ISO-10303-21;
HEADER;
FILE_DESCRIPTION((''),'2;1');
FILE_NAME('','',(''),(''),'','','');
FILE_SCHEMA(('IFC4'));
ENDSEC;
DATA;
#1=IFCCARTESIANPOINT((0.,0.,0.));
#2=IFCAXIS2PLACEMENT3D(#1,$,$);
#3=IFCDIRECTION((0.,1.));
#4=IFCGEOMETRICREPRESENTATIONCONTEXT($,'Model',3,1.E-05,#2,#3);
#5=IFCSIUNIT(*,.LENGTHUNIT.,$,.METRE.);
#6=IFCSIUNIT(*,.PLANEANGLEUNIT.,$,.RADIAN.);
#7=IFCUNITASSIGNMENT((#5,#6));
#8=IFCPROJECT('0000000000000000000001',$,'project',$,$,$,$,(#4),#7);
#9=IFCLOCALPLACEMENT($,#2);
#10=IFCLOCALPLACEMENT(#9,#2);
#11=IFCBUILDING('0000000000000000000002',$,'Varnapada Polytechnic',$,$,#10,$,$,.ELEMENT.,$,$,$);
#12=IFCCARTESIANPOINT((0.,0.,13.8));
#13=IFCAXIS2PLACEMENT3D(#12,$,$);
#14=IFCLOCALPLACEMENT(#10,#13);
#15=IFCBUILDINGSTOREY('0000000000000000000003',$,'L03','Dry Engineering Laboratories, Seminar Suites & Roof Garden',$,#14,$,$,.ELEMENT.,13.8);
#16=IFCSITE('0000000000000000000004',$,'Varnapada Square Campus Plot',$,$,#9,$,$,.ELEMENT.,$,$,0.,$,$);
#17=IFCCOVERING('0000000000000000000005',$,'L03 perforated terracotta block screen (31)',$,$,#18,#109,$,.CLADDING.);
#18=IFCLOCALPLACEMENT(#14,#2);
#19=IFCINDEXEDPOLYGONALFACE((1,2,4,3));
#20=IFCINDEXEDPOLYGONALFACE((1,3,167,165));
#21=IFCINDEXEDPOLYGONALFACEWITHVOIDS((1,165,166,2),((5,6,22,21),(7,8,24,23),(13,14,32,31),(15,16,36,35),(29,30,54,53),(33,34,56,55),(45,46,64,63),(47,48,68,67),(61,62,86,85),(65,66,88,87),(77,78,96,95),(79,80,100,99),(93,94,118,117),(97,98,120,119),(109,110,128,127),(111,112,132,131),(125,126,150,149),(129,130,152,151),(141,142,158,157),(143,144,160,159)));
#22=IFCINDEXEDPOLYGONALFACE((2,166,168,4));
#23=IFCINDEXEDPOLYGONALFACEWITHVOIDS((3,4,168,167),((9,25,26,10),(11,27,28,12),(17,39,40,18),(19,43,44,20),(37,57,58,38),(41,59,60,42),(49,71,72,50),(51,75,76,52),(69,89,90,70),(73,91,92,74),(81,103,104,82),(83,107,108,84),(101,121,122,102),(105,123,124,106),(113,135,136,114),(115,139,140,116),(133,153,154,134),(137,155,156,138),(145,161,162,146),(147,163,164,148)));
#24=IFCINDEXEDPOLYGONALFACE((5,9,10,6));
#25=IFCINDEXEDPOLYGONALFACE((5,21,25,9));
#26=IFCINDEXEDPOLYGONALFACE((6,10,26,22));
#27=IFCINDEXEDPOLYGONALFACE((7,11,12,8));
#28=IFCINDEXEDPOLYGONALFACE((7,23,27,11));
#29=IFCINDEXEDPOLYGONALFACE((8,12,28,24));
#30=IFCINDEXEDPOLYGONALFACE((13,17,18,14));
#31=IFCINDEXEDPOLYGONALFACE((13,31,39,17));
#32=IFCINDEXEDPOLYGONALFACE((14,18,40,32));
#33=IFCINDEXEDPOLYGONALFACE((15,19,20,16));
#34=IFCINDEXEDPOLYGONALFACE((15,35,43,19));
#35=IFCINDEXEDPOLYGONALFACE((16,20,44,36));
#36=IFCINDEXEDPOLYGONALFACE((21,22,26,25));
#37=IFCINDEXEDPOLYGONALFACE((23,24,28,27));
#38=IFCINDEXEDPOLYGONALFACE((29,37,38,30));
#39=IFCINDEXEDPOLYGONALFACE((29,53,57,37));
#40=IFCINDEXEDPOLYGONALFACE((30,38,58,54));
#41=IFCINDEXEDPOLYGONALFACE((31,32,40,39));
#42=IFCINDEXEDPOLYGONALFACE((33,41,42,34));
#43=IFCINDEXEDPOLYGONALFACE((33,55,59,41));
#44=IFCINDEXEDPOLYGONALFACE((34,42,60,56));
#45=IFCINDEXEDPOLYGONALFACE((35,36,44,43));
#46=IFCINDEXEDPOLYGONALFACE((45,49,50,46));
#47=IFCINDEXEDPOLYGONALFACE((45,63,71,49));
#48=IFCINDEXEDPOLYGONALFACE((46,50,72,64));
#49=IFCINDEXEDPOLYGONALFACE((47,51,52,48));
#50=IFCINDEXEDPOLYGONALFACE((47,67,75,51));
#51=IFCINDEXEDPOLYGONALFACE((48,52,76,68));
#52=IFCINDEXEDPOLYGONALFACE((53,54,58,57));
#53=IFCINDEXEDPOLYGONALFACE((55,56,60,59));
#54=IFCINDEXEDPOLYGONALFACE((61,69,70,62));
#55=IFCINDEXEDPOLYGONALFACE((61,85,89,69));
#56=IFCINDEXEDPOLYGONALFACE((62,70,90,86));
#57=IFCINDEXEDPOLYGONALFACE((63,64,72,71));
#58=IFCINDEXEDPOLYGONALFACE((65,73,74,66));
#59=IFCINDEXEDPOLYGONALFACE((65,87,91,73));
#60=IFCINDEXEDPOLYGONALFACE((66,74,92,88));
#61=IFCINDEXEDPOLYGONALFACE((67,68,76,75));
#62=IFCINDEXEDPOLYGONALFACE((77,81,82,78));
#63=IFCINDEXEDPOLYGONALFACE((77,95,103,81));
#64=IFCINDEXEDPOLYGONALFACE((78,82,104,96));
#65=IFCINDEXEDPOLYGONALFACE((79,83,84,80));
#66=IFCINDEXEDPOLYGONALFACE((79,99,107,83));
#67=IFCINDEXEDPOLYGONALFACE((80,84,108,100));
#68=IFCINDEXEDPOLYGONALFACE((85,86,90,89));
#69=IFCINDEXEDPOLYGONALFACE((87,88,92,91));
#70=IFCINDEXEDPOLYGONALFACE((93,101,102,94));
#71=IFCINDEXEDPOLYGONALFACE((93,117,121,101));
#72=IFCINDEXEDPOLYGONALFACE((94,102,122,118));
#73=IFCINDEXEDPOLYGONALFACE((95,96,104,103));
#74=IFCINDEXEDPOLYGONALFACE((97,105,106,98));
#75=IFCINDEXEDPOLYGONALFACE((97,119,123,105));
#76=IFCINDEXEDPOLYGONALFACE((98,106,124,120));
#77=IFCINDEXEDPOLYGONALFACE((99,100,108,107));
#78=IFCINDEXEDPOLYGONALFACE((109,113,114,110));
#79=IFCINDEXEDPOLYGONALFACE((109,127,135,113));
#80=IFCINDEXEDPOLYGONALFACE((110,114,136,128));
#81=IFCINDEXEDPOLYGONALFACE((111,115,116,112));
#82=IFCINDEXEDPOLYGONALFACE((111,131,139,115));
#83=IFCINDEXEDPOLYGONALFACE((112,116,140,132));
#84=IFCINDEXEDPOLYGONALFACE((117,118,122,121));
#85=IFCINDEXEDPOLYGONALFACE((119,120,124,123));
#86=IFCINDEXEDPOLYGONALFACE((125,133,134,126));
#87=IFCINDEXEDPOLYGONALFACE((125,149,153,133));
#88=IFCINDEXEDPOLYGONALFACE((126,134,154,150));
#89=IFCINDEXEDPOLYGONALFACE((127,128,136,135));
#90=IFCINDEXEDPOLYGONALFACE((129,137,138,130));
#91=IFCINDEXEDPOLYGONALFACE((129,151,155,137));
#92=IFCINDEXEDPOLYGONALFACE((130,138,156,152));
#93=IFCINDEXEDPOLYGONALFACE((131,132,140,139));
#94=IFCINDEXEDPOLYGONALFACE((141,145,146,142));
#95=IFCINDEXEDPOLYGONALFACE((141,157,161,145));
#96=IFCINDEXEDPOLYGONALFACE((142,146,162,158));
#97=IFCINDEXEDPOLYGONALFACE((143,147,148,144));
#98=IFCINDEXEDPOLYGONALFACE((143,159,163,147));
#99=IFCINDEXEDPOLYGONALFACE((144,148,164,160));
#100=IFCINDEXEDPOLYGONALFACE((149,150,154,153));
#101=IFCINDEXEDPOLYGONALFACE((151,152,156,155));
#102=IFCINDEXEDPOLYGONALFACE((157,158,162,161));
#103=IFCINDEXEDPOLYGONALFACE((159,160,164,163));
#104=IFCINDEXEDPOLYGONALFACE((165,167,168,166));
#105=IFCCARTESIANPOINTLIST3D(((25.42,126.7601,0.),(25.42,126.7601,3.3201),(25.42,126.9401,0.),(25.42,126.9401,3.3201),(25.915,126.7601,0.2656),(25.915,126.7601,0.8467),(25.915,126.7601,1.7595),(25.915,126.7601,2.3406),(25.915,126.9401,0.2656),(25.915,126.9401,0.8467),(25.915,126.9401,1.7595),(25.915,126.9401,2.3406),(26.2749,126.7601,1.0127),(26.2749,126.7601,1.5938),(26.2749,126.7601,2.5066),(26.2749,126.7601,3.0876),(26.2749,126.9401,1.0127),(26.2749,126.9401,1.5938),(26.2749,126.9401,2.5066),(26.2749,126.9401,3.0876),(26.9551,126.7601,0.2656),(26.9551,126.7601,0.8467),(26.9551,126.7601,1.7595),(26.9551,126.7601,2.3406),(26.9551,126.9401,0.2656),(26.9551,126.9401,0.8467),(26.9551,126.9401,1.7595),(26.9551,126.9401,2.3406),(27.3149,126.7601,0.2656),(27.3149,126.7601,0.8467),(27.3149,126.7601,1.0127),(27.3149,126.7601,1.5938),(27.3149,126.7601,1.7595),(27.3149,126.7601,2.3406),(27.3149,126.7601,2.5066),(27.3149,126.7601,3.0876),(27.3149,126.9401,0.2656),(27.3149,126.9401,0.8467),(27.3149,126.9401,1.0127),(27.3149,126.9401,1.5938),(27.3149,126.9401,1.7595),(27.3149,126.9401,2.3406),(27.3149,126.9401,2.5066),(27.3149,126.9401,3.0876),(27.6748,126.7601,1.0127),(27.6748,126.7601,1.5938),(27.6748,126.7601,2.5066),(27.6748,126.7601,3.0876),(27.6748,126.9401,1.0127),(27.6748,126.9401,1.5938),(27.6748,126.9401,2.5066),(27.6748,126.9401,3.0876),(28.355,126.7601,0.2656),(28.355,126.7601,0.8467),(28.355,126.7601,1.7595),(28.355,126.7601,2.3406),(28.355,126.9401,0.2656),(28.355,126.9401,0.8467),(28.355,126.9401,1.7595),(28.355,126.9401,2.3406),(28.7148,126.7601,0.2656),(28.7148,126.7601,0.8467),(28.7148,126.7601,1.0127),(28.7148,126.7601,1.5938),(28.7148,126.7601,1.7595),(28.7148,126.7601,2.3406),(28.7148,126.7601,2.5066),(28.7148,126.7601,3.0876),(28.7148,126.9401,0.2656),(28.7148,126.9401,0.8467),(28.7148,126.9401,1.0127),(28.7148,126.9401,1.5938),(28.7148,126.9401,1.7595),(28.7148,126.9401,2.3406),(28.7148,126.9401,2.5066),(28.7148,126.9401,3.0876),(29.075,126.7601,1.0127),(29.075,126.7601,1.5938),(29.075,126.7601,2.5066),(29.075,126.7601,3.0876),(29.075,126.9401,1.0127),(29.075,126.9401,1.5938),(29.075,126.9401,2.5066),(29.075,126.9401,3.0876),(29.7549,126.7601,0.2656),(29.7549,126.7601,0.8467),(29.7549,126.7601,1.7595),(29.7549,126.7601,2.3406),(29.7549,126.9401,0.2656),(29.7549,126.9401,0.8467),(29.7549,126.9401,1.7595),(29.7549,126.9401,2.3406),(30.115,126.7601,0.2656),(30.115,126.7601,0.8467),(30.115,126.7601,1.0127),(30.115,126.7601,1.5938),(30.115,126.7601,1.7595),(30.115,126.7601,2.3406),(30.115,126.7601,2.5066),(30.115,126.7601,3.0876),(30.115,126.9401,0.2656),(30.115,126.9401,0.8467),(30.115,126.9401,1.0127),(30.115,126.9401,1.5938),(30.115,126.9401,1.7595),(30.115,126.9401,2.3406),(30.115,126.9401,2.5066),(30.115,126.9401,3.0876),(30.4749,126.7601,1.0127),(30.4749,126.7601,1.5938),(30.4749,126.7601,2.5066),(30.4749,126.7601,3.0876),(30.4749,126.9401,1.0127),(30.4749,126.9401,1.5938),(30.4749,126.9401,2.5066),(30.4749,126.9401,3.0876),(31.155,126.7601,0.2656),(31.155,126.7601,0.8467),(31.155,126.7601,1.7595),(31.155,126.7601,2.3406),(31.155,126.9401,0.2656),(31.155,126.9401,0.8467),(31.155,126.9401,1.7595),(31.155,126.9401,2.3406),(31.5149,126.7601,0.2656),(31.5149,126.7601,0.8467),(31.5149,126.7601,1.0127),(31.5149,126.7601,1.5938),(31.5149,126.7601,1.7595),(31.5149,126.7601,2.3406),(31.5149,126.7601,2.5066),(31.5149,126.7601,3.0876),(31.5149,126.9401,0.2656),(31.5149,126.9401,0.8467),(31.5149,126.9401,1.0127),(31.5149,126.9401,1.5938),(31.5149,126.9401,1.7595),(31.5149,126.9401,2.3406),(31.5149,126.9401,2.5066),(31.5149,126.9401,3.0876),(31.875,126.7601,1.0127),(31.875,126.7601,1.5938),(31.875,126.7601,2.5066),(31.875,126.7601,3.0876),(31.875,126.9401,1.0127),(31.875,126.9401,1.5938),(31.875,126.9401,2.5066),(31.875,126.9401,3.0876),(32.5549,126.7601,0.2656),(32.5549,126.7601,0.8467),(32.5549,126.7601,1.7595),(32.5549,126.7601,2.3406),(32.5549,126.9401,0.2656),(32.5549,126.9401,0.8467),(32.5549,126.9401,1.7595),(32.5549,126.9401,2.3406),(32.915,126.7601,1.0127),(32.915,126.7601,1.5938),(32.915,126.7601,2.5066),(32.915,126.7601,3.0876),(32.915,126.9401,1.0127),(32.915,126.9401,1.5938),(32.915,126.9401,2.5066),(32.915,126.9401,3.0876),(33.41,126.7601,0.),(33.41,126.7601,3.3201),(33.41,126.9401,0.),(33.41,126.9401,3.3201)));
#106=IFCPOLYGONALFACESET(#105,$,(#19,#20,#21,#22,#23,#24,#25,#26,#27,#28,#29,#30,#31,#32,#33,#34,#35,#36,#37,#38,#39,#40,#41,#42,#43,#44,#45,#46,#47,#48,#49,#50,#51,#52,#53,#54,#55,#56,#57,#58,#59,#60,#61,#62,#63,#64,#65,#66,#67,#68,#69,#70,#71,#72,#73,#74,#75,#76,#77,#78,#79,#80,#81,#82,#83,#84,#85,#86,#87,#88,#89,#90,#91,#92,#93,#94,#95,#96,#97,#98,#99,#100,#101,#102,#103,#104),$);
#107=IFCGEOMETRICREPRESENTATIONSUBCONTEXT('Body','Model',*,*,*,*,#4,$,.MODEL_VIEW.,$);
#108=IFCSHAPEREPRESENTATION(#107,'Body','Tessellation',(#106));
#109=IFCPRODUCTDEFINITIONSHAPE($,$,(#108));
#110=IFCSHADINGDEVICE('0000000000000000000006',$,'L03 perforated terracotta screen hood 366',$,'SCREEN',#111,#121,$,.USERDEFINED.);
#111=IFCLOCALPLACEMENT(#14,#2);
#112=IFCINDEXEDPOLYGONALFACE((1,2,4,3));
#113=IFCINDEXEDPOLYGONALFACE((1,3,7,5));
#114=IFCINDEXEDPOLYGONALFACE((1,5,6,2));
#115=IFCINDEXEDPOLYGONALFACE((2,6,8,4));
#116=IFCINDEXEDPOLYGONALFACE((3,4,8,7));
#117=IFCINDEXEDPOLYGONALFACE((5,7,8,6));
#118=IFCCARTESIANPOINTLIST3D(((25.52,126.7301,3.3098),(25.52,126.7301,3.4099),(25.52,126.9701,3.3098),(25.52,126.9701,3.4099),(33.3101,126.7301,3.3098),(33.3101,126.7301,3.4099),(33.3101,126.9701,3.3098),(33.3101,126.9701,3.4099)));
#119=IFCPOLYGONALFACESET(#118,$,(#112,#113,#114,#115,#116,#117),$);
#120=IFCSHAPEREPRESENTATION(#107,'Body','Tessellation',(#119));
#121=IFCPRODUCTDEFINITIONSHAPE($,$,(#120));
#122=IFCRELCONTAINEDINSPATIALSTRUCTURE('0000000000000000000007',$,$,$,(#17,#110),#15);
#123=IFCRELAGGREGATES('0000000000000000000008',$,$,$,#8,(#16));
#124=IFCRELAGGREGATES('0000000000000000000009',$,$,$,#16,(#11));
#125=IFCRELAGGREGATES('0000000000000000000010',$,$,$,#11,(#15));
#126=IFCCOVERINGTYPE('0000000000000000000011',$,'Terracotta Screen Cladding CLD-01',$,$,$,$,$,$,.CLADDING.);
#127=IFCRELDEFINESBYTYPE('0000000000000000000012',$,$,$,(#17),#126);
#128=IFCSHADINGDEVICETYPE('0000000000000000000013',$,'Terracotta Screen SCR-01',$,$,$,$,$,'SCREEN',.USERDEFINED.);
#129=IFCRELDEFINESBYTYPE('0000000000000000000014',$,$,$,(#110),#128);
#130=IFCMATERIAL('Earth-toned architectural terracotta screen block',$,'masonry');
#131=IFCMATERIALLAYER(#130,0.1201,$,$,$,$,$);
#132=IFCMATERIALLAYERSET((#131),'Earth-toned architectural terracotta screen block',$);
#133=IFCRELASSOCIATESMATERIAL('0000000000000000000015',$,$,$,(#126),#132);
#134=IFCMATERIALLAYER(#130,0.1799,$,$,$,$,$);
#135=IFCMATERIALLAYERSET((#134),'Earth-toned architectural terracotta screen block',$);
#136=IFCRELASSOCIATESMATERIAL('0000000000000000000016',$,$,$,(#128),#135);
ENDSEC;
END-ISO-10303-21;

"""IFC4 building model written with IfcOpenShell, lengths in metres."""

from ifc_helpers import new_model, si_unit, direction, frame, frame_2d, origin, origin_2d, place, context, subcontext, project, spatial, rectangle, extrude, material, layer, layer_set, type_object, element, save


model = new_model("IFC4")

# Units and contexts
model_context = context("Model", 3, precision=1e-05, world=origin(), true_north=direction((0.0, 1.0)))
body_context = subcontext(model_context, "Body", "Model", "MODEL_VIEW")
ifc_project = project(units=[si_unit("LENGTHUNIT", "METRE"), si_unit("PLANEANGLEUNIT", "RADIAN")], contexts=[model_context])

# Site, building, storey
site_placement = place(None, origin())
site = spatial("IfcSite", under=ifc_project, at=site_placement, Name="Varnapada Square Campus Plot", CompositionType="ELEMENT", RefElevation=0.0)
building_placement = place(site_placement, origin())
building = spatial("IfcBuilding", under=site, at=building_placement, Name="Varnapada Polytechnic", CompositionType="ELEMENT")
storey_placement = place(building_placement, frame((0.0, 0.0, 13.8)))
storey = spatial("IfcBuildingStorey", under=building, at=storey_placement, Name="L03", Description="Dry Engineering Laboratories, Seminar Suites & Roof Garden", CompositionType="ELEMENT", Elevation=13.8)

# Covering, openings
ifc_material_1 = material(Name="Earth-toned architectural terracotta screen block", Category="masonry")
ifc_layer_1 = layer(ifc_material_1, 0.1201)
ifc_layer_set_1 = layer_set([ifc_layer_1], Name="Earth-toned architectural terracotta screen block")
covering_type = type_object("IfcCoveringType", Name="Terracotta Screen Cladding CLD-01", PredefinedType="CLADDING", material=ifc_layer_set_1)
covering_placement = place(storey_placement, frame((25.4199, 126.8501, 0.0), z_axis=(0.0, 0.0, 1.0), x_axis=(1.0, 0.0, 0.0)))
covering = element("IfcCovering", 1, at=covering_placement, inside=storey, type_object=covering_type, Name="L03 perforated terracotta block screen (31)", PredefinedType="CLADDING", context=body_context, shape_type="SweptSolid", body=[
    extrude(rectangle(XDim=7.99, YDim=0.1799, at=frame_2d((3.9951, 0.0))), origin(), (0.0, 0.0, 1.0), 3.3201),
])
opening_1_placement = place(covering_placement, frame((0.4951, 0.0, 0.2656)))
element("IfcOpeningElement", 2, at=opening_1_placement, cuts=covering, PredefinedType="OPENING", context=body_context, shape_type="SweptSolid", body=[
    extrude(rectangle(XDim=1.04, YDim=0.5811, at=frame_2d((0.52, 0.2905))), frame((0.0, 0.0999, 0.0), z_axis=(0.0, -1.0, 0.0), x_axis=(1.0, 0.0, 0.0)), (0.0, 0.0, 1.0), 0.2),
])
opening_2_placement = place(covering_placement, frame((1.895, 0.0, 0.2656)))
element("IfcOpeningElement", 3, at=opening_2_placement, cuts=covering, PredefinedType="OPENING", context=body_context, shape_type="SweptSolid", body=[
    extrude(rectangle(XDim=1.04, YDim=0.5811, at=frame_2d((0.52, 0.2905))), frame((0.0, 0.0999, 0.0), z_axis=(0.0, -1.0, 0.0), x_axis=(1.0, 0.0, 0.0)), (0.0, 0.0, 1.0), 0.2),
])
opening_3_placement = place(covering_placement, frame((3.2949, 0.0, 0.2656)))
element("IfcOpeningElement", 4, at=opening_3_placement, cuts=covering, PredefinedType="OPENING", context=body_context, shape_type="SweptSolid", body=[
    extrude(rectangle(XDim=1.04, YDim=0.5811, at=frame_2d((0.52, 0.2905))), frame((0.0, 0.0999, 0.0), z_axis=(0.0, -1.0, 0.0), x_axis=(1.0, 0.0, 0.0)), (0.0, 0.0, 1.0), 0.2),
])
opening_4_placement = place(covering_placement, frame((4.6951, 0.0, 0.2656)))
element("IfcOpeningElement", 5, at=opening_4_placement, cuts=covering, PredefinedType="OPENING", context=body_context, shape_type="SweptSolid", body=[
    extrude(rectangle(XDim=1.04, YDim=0.5811, at=frame_2d((0.52, 0.2905))), frame((0.0, 0.0999, 0.0), z_axis=(0.0, -1.0, 0.0), x_axis=(1.0, 0.0, 0.0)), (0.0, 0.0, 1.0), 0.2),
])
opening_5_placement = place(covering_placement, frame((6.095, 0.0, 0.2656)))
element("IfcOpeningElement", 6, at=opening_5_placement, cuts=covering, PredefinedType="OPENING", context=body_context, shape_type="SweptSolid", body=[
    extrude(rectangle(XDim=1.04, YDim=0.5811, at=frame_2d((0.52, 0.2905))), frame((0.0, 0.0999, 0.0), z_axis=(0.0, -1.0, 0.0), x_axis=(1.0, 0.0, 0.0)), (0.0, 0.0, 1.0), 0.2),
])
opening_6_placement = place(covering_placement, frame((0.855, 0.0, 1.0127)))
element("IfcOpeningElement", 7, at=opening_6_placement, cuts=covering, PredefinedType="OPENING", context=body_context, shape_type="SweptSolid", body=[
    extrude(rectangle(XDim=1.04, YDim=0.5811, at=frame_2d((0.52, 0.2905))), frame((0.0, 0.0999, 0.0), z_axis=(0.0, -1.0, 0.0), x_axis=(1.0, 0.0, 0.0)), (0.0, 0.0, 1.0), 0.2),
])
opening_7_placement = place(covering_placement, frame((2.2549, 0.0, 1.0127)))
element("IfcOpeningElement", 8, at=opening_7_placement, cuts=covering, PredefinedType="OPENING", context=body_context, shape_type="SweptSolid", body=[
    extrude(rectangle(XDim=1.04, YDim=0.5811, at=frame_2d((0.52, 0.2905))), frame((0.0, 0.0999, 0.0), z_axis=(0.0, -1.0, 0.0), x_axis=(1.0, 0.0, 0.0)), (0.0, 0.0, 1.0), 0.2),
])
opening_8_placement = place(covering_placement, frame((3.655, 0.0, 1.0127)))
element("IfcOpeningElement", 9, at=opening_8_placement, cuts=covering, PredefinedType="OPENING", context=body_context, shape_type="SweptSolid", body=[
    extrude(rectangle(XDim=1.04, YDim=0.5811, at=frame_2d((0.52, 0.2905))), frame((0.0, 0.0999, 0.0), z_axis=(0.0, -1.0, 0.0), x_axis=(1.0, 0.0, 0.0)), (0.0, 0.0, 1.0), 0.2),
])
opening_9_placement = place(covering_placement, frame((5.0549, 0.0, 1.0127)))
element("IfcOpeningElement", 10, at=opening_9_placement, cuts=covering, PredefinedType="OPENING", context=body_context, shape_type="SweptSolid", body=[
    extrude(rectangle(XDim=1.04, YDim=0.5811, at=frame_2d((0.52, 0.2905))), frame((0.0, 0.0999, 0.0), z_axis=(0.0, -1.0, 0.0), x_axis=(1.0, 0.0, 0.0)), (0.0, 0.0, 1.0), 0.2),
])
opening_10_placement = place(covering_placement, frame((6.4551, 0.0, 1.0127)))
element("IfcOpeningElement", 11, at=opening_10_placement, cuts=covering, PredefinedType="OPENING", context=body_context, shape_type="SweptSolid", body=[
    extrude(rectangle(XDim=1.04, YDim=0.5811, at=frame_2d((0.52, 0.2905))), frame((0.0, 0.0999, 0.0), z_axis=(0.0, -1.0, 0.0), x_axis=(1.0, 0.0, 0.0)), (0.0, 0.0, 1.0), 0.2),
])
opening_11_placement = place(covering_placement, frame((0.4951, 0.0, 1.7595)))
element("IfcOpeningElement", 12, at=opening_11_placement, cuts=covering, PredefinedType="OPENING", context=body_context, shape_type="SweptSolid", body=[
    extrude(rectangle(XDim=1.04, YDim=0.5811, at=frame_2d((0.52, 0.2905))), frame((0.0, 0.0999, 0.0), z_axis=(0.0, -1.0, 0.0), x_axis=(1.0, 0.0, 0.0)), (0.0, 0.0, 1.0), 0.2),
])
opening_12_placement = place(covering_placement, frame((1.895, 0.0, 1.7595)))
element("IfcOpeningElement", 13, at=opening_12_placement, cuts=covering, PredefinedType="OPENING", context=body_context, shape_type="SweptSolid", body=[
    extrude(rectangle(XDim=1.04, YDim=0.5811, at=frame_2d((0.52, 0.2905))), frame((0.0, 0.0999, 0.0), z_axis=(0.0, -1.0, 0.0), x_axis=(1.0, 0.0, 0.0)), (0.0, 0.0, 1.0), 0.2),
])
opening_13_placement = place(covering_placement, frame((3.2949, 0.0, 1.7595)))
element("IfcOpeningElement", 14, at=opening_13_placement, cuts=covering, PredefinedType="OPENING", context=body_context, shape_type="SweptSolid", body=[
    extrude(rectangle(XDim=1.04, YDim=0.5811, at=frame_2d((0.52, 0.2905))), frame((0.0, 0.0999, 0.0), z_axis=(0.0, -1.0, 0.0), x_axis=(1.0, 0.0, 0.0)), (0.0, 0.0, 1.0), 0.2),
])
opening_14_placement = place(covering_placement, frame((4.6951, 0.0, 1.7595)))
element("IfcOpeningElement", 15, at=opening_14_placement, cuts=covering, PredefinedType="OPENING", context=body_context, shape_type="SweptSolid", body=[
    extrude(rectangle(XDim=1.04, YDim=0.5811, at=frame_2d((0.52, 0.2905))), frame((0.0, 0.0999, 0.0), z_axis=(0.0, -1.0, 0.0), x_axis=(1.0, 0.0, 0.0)), (0.0, 0.0, 1.0), 0.2),
])
opening_15_placement = place(covering_placement, frame((6.095, 0.0, 1.7595)))
element("IfcOpeningElement", 16, at=opening_15_placement, cuts=covering, PredefinedType="OPENING", context=body_context, shape_type="SweptSolid", body=[
    extrude(rectangle(XDim=1.04, YDim=0.5811, at=frame_2d((0.52, 0.2905))), frame((0.0, 0.0999, 0.0), z_axis=(0.0, -1.0, 0.0), x_axis=(1.0, 0.0, 0.0)), (0.0, 0.0, 1.0), 0.2),
])
opening_16_placement = place(covering_placement, frame((0.855, 0.0, 2.5066)))
element("IfcOpeningElement", 17, at=opening_16_placement, cuts=covering, PredefinedType="OPENING", context=body_context, shape_type="SweptSolid", body=[
    extrude(rectangle(XDim=1.04, YDim=0.5811, at=frame_2d((0.52, 0.2905))), frame((0.0, 0.0999, 0.0), z_axis=(0.0, -1.0, 0.0), x_axis=(1.0, 0.0, 0.0)), (0.0, 0.0, 1.0), 0.2),
])
opening_17_placement = place(covering_placement, frame((2.2549, 0.0, 2.5066)))
element("IfcOpeningElement", 18, at=opening_17_placement, cuts=covering, PredefinedType="OPENING", context=body_context, shape_type="SweptSolid", body=[
    extrude(rectangle(XDim=1.04, YDim=0.5811, at=frame_2d((0.52, 0.2905))), frame((0.0, 0.0999, 0.0), z_axis=(0.0, -1.0, 0.0), x_axis=(1.0, 0.0, 0.0)), (0.0, 0.0, 1.0), 0.2),
])
opening_18_placement = place(covering_placement, frame((3.655, 0.0, 2.5066)))
element("IfcOpeningElement", 19, at=opening_18_placement, cuts=covering, PredefinedType="OPENING", context=body_context, shape_type="SweptSolid", body=[
    extrude(rectangle(XDim=1.04, YDim=0.5811, at=frame_2d((0.52, 0.2905))), frame((0.0, 0.0999, 0.0), z_axis=(0.0, -1.0, 0.0), x_axis=(1.0, 0.0, 0.0)), (0.0, 0.0, 1.0), 0.2),
])
opening_19_placement = place(covering_placement, frame((5.0549, 0.0, 2.5066)))
element("IfcOpeningElement", 20, at=opening_19_placement, cuts=covering, PredefinedType="OPENING", context=body_context, shape_type="SweptSolid", body=[
    extrude(rectangle(XDim=1.04, YDim=0.5811, at=frame_2d((0.52, 0.2905))), frame((0.0, 0.0999, 0.0), z_axis=(0.0, -1.0, 0.0), x_axis=(1.0, 0.0, 0.0)), (0.0, 0.0, 1.0), 0.2),
])
opening_20_placement = place(covering_placement, frame((6.4551, 0.0, 2.5066)))
element("IfcOpeningElement", 21, at=opening_20_placement, cuts=covering, PredefinedType="OPENING", context=body_context, shape_type="SweptSolid", body=[
    extrude(rectangle(XDim=1.04, YDim=0.5811, at=frame_2d((0.52, 0.2905))), frame((0.0, 0.0999, 0.0), z_axis=(0.0, -1.0, 0.0), x_axis=(1.0, 0.0, 0.0)), (0.0, 0.0, 1.0), 0.2),
])

# Shading device
ifc_layer_2 = layer(ifc_material_1, 0.1799)
ifc_layer_set_2 = layer_set([ifc_layer_2], Name="Earth-toned architectural terracotta screen block")
shading_device_type_1 = type_object("IfcShadingDeviceType", Name="Terracotta Screen SCR-01", ElementType="SCREEN", PredefinedType="USERDEFINED", material=ifc_layer_set_2)
shading_device_1_placement = place(storey_placement, frame((29.415, 126.8501, 3.3098), z_axis=(0.0, 0.0, 1.0), x_axis=(1.0, 0.0, 0.0)))
element("IfcShadingDevice", 22, at=shading_device_1_placement, inside=storey, type_object=shading_device_type_1, Name="L03 perforated terracotta screen hood 366", ObjectType="SCREEN", PredefinedType="USERDEFINED", context=body_context, shape_type="SweptSolid", body=[
    extrude(rectangle(XDim=7.79, YDim=0.24, at=origin_2d()), origin(), (0.0, 0.0, 1.0), 0.1001),
])

save(model, "model.ifc")
